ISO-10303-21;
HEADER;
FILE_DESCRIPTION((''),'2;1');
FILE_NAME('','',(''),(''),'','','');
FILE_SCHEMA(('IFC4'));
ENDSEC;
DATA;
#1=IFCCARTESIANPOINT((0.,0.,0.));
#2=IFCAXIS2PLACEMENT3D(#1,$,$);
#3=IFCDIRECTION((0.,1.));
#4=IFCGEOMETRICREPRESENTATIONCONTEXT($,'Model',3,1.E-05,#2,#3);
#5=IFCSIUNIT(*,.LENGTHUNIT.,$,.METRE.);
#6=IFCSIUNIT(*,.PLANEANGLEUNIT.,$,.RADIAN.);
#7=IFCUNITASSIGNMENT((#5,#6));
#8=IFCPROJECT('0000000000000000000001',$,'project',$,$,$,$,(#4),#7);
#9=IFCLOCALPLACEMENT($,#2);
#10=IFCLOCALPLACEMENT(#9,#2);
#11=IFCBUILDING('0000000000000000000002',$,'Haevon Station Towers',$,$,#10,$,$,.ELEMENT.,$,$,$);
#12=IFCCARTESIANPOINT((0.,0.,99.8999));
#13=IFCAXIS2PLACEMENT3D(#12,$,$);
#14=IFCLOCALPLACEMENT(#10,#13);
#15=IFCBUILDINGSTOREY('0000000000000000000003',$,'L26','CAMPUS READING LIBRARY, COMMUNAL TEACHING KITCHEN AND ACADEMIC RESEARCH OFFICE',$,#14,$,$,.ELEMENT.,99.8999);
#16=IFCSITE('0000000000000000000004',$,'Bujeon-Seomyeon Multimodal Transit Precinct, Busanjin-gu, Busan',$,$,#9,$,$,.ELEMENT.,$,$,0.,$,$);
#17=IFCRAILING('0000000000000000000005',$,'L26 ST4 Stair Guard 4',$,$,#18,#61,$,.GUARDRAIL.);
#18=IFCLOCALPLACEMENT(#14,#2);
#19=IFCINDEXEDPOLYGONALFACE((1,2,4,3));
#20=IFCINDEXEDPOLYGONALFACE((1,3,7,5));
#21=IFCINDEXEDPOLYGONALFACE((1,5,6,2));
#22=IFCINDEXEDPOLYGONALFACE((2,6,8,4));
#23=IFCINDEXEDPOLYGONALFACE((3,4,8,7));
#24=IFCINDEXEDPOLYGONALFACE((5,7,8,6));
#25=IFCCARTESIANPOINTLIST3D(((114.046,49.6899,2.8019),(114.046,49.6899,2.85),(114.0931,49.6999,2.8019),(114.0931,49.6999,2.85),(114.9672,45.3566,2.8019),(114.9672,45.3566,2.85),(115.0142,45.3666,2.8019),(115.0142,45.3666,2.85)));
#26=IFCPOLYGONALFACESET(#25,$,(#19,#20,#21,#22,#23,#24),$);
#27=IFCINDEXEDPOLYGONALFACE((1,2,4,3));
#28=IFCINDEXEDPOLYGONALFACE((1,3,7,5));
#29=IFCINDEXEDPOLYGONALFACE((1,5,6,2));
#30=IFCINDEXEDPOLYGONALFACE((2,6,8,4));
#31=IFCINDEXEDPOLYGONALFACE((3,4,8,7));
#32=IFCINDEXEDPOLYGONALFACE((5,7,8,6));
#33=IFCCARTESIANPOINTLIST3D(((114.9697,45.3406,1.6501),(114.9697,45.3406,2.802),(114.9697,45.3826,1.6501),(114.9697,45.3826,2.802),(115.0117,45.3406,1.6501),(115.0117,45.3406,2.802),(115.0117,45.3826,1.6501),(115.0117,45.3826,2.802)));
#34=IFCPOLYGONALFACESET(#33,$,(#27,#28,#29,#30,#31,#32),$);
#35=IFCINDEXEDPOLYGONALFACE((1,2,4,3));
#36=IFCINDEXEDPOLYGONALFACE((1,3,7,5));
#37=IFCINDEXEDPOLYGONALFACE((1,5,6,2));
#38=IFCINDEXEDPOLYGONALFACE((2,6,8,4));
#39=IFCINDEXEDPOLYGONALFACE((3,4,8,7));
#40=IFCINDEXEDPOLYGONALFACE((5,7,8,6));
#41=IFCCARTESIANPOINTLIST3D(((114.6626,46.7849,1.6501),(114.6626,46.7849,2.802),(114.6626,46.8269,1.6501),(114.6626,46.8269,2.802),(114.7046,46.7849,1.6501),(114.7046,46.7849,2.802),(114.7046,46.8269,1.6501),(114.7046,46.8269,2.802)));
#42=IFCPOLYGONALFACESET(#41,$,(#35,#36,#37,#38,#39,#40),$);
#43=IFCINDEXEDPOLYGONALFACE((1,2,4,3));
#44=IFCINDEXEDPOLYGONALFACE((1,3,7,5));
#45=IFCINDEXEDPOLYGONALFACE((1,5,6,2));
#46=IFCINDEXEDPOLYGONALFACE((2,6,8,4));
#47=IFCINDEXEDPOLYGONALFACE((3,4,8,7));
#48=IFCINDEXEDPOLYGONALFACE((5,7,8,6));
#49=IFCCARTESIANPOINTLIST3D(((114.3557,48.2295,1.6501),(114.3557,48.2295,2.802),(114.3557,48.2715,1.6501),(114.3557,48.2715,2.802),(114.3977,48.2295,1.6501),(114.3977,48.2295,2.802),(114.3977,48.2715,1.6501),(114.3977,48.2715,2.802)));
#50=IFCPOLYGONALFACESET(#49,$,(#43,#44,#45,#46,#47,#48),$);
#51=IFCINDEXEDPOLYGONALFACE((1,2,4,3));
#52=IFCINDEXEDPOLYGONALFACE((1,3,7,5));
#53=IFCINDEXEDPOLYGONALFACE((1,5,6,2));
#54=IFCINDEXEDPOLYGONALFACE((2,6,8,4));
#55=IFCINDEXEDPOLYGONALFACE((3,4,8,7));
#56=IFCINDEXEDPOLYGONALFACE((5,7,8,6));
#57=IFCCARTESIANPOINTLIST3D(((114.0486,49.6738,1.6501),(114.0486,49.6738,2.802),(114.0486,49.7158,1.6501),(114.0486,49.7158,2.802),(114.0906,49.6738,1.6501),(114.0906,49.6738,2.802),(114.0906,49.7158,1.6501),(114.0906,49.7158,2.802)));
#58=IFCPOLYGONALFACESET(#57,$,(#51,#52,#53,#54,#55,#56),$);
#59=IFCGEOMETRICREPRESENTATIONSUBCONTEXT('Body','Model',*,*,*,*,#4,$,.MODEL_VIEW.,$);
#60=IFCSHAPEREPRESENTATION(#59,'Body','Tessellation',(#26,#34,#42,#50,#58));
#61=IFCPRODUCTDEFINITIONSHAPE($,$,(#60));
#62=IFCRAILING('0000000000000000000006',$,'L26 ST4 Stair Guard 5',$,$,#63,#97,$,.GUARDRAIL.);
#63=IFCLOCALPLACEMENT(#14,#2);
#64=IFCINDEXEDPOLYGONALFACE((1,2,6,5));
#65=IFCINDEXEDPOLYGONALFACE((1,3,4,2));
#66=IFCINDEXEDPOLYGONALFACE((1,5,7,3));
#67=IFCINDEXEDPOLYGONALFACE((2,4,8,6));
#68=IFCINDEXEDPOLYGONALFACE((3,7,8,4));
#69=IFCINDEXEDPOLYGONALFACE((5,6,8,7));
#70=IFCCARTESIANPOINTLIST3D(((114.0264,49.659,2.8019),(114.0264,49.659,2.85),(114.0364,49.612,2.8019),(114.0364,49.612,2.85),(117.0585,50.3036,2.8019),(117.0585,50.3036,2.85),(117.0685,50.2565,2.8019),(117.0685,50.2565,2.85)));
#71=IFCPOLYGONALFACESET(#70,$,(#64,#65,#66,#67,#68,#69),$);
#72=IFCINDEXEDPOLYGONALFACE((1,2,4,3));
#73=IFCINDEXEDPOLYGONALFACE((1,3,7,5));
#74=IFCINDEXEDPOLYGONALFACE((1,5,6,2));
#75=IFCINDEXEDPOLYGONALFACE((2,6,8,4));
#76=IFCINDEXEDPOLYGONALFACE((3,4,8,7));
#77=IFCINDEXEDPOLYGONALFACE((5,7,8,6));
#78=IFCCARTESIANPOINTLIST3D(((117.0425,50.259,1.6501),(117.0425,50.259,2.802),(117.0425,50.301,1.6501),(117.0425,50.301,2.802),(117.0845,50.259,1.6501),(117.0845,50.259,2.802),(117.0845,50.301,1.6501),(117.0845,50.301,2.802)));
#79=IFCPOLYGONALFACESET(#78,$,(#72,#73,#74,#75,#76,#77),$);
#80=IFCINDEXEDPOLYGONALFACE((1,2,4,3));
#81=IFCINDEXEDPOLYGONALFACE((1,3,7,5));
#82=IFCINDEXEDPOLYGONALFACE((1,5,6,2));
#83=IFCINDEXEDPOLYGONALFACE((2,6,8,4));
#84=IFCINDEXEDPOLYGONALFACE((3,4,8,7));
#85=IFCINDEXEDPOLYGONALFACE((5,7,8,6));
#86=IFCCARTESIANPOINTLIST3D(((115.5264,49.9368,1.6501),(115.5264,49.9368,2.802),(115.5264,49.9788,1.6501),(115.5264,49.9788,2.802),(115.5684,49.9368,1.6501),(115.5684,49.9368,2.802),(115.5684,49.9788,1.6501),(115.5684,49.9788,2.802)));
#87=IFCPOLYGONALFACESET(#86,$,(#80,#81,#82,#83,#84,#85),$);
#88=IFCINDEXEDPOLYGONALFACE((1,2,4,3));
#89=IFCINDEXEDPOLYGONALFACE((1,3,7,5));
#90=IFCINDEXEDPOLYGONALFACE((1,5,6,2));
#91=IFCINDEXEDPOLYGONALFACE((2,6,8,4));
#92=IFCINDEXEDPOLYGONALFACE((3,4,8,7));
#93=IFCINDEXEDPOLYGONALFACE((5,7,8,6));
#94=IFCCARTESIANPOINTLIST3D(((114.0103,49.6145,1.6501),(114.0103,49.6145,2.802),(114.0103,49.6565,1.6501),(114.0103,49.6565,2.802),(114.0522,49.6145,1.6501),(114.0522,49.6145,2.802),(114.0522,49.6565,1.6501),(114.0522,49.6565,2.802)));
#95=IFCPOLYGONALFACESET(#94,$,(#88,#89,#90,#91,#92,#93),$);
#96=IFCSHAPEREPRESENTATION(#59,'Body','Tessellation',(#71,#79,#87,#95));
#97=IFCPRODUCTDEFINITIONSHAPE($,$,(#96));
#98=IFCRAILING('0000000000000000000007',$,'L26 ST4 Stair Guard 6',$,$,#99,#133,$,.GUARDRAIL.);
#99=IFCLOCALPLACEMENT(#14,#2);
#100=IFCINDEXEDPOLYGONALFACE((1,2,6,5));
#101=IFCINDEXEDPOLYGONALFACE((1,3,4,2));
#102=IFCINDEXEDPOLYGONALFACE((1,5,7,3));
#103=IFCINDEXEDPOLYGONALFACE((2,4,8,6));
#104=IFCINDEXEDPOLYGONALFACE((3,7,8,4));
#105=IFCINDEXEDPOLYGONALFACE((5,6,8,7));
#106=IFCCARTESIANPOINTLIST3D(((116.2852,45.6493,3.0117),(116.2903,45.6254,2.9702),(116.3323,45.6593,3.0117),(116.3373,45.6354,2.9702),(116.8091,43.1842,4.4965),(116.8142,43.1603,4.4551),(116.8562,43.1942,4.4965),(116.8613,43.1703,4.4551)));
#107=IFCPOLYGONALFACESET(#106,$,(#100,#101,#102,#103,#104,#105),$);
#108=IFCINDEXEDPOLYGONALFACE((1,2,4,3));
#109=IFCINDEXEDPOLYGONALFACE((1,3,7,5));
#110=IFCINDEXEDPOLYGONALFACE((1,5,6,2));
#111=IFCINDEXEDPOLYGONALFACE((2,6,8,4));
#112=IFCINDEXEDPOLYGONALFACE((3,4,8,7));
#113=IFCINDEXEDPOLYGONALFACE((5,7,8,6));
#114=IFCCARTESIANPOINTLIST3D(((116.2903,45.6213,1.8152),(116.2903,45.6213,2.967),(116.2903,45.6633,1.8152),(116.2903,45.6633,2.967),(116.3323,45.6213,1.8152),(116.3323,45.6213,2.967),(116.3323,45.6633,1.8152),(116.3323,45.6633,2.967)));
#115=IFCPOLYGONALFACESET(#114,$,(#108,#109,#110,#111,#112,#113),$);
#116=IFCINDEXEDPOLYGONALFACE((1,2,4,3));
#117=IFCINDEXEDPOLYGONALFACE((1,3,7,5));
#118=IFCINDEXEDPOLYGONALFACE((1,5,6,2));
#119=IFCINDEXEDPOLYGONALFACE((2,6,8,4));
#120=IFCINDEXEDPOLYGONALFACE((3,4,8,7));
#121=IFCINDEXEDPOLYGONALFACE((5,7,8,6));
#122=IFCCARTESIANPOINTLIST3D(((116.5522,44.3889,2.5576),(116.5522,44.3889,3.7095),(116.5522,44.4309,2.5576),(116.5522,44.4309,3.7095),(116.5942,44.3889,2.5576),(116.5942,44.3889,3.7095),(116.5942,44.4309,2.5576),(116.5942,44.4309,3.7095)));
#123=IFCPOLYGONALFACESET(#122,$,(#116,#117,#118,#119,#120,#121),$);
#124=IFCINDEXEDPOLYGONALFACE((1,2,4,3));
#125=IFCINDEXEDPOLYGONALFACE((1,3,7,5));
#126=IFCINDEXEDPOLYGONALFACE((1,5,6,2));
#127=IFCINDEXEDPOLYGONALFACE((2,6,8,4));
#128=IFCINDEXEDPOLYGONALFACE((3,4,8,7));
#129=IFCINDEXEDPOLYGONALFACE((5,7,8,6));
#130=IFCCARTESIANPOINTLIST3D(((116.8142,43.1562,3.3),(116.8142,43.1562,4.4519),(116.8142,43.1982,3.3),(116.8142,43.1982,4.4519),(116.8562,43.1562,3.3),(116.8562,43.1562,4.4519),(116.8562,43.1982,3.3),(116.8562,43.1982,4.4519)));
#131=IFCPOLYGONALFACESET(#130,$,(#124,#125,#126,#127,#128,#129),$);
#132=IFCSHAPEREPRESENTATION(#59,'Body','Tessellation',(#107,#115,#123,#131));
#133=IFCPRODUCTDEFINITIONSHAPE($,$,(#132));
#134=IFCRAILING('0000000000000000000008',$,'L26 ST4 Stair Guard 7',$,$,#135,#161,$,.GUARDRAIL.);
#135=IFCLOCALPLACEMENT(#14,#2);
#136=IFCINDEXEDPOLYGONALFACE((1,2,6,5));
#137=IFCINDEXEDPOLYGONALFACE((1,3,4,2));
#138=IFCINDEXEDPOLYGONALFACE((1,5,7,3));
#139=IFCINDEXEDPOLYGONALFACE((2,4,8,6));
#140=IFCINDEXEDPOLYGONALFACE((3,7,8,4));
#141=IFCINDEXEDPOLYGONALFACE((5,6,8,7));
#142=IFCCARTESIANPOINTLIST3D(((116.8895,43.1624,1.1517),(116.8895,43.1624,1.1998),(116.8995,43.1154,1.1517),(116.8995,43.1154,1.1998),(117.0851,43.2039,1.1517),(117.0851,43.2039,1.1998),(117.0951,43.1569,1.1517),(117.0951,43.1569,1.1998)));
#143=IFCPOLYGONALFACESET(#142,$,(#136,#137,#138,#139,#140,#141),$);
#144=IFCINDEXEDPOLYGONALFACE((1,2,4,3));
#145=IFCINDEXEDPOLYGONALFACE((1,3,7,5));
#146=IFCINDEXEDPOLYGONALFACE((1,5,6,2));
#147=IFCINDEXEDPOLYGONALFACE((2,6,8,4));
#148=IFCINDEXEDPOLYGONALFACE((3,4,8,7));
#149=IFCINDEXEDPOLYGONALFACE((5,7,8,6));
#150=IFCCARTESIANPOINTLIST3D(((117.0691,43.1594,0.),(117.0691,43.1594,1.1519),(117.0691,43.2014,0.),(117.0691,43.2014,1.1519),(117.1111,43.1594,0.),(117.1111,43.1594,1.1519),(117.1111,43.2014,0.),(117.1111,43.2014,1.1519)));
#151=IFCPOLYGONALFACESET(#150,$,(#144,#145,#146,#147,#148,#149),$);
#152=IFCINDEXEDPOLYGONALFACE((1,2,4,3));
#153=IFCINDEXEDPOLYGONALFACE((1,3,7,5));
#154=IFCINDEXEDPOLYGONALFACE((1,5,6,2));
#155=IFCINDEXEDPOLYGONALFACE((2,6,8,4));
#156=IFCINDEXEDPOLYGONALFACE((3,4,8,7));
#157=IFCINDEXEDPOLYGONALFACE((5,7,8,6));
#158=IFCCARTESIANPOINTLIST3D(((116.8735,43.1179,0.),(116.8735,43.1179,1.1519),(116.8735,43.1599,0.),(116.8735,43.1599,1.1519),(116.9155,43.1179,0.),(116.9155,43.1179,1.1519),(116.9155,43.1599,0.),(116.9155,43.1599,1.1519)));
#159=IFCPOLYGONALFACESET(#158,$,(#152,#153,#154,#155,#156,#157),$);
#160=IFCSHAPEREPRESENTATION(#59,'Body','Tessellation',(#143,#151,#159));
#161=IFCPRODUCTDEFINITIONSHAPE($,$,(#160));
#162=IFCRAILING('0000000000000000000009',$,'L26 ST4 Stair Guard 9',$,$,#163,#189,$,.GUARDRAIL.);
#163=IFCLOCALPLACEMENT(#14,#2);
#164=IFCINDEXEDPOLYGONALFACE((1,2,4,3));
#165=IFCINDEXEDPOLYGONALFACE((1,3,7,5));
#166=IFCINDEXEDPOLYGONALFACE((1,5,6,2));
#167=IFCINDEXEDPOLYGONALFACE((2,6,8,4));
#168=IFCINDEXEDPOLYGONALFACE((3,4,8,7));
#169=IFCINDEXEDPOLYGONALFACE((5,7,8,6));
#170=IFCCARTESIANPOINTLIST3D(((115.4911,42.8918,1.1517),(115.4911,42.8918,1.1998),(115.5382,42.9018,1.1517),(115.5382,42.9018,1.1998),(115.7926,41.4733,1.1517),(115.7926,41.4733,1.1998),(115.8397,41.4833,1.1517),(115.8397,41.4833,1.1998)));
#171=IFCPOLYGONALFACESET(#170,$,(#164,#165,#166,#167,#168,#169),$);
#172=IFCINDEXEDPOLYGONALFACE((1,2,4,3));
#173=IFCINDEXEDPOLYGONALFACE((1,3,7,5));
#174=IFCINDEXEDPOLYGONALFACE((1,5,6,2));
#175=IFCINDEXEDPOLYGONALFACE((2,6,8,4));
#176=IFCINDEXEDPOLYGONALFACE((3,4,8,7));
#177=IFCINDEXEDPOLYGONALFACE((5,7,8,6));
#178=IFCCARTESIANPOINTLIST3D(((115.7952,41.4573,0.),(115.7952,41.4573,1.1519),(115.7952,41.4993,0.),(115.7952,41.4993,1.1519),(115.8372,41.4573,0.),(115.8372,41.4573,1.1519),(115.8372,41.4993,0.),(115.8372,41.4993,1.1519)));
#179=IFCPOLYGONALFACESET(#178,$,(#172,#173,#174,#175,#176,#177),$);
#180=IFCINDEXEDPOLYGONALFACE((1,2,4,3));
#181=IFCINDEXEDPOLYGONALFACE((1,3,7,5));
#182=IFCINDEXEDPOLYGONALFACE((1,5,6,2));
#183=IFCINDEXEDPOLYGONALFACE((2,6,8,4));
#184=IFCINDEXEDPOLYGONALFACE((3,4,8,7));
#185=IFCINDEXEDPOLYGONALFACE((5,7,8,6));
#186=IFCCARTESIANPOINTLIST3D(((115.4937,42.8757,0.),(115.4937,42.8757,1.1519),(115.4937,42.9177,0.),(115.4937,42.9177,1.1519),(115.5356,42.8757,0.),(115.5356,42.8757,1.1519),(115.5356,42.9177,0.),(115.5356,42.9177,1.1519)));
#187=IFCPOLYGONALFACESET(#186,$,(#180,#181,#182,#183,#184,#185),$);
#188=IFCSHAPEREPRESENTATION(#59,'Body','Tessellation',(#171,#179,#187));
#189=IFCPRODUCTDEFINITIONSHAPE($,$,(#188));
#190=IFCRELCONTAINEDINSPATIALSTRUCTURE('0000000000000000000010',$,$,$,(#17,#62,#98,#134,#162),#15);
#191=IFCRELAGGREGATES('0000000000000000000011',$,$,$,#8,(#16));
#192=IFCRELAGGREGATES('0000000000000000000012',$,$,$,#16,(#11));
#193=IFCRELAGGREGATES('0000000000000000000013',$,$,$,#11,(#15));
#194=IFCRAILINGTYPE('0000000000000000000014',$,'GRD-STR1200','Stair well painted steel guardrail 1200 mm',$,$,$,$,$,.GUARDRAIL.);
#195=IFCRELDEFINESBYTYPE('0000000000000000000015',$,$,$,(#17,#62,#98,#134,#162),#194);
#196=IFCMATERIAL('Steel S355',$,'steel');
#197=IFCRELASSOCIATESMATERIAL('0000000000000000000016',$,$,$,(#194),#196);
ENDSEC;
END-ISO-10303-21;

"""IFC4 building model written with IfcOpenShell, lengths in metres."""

from ifc_helpers import new_model, si_unit, direction, frame, origin, origin_2d, place, context, subcontext, project, spatial, rectangle, extrude, material, type_object, element, save


model = new_model("IFC4")

# Units and contexts
model_context = context("Model", 3, precision=1e-05, world=origin(), true_north=direction((0.0, 1.0)))
body_context = subcontext(model_context, "Body", "Model", "MODEL_VIEW")
ifc_project = project(units=[si_unit("LENGTHUNIT", "METRE"), si_unit("PLANEANGLEUNIT", "RADIAN")], contexts=[model_context])

# Site, building, storey
site_placement = place(None, origin())
site = spatial("IfcSite", under=ifc_project, at=site_placement, Name="Bujeon-Seomyeon Multimodal Transit Precinct, Busanjin-gu, Busan", CompositionType="ELEMENT", RefElevation=0.0)
building_placement = place(site_placement, origin())
building = spatial("IfcBuilding", under=site, at=building_placement, Name="Haevon Station Towers", CompositionType="ELEMENT")
storey_placement = place(building_placement, frame((0.0, 0.0, 99.8999)))
storey = spatial("IfcBuildingStorey", under=building, at=storey_placement, Name="L26", Description="CAMPUS READING LIBRARY, COMMUNAL TEACHING KITCHEN AND ACADEMIC RESEARCH OFFICE", CompositionType="ELEMENT", Elevation=99.8999)

# Railings
ifc_material_1 = material(Name="Steel S355", Category="steel")
railing_type_1 = type_object("IfcRailingType", Name="GRD-STR1200", Description="Stair well painted steel guardrail 1200 mm", PredefinedType="GUARDRAIL", material=ifc_material_1)
railing_1_placement = place(storey_placement, frame((114.9907, 45.3616, 1.6501)))
element("IfcRailing", 1, at=railing_1_placement, inside=storey, type_object=railing_type_1, Name="L26 ST4 Stair Guard 4", PredefinedType="GUARDRAIL", context=body_context, shape_type="SweptSolid", body=[
    extrude(rectangle(XDim=0.0481, YDim=0.0481, at=origin_2d()), frame((0.0, 0.0, 1.1758), z_axis=(-0.207929, 0.978144, 0.0), x_axis=(-0.978144, -0.207929, 0.0)), (0.0, 0.0, 1.0), 4.4302),
    extrude(rectangle(XDim=0.042, YDim=0.042, at=origin_2d()), origin(), (0.0, 0.0, 1.0), 1.1519),
    extrude(rectangle(XDim=0.042, YDim=0.042, at=origin_2d()), frame((-0.3071, 1.4443, 0.0)), (0.0, 0.0, 1.0), 1.1519),
    extrude(rectangle(XDim=0.042, YDim=0.042, at=origin_2d()), frame((-0.614, 2.8889, 0.0)), (0.0, 0.0, 1.0), 1.1519),
    extrude(rectangle(XDim=0.042, YDim=0.042, at=origin_2d()), frame((-0.9211, 4.3333, 0.0)), (0.0, 0.0, 1.0), 1.1519),
])
railing_2_placement = place(storey_placement, frame((117.0635, 50.28, 1.6501)))
element("IfcRailing", 2, at=railing_2_placement, inside=storey, type_object=railing_type_1, Name="L26 ST4 Stair Guard 5", PredefinedType="GUARDRAIL", context=body_context, shape_type="SweptSolid", body=[
    extrude(rectangle(XDim=0.0481, YDim=0.0481, at=origin_2d()), frame((0.0, 0.0, 1.1758), z_axis=(-0.978147, -0.207915, 0.0), x_axis=(0.207915, -0.978147, 0.0)), (0.0, 0.0, 1.0), 3.0999),
    extrude(rectangle(XDim=0.042, YDim=0.042, at=origin_2d()), origin(), (0.0, 0.0, 1.0), 1.1519),
    extrude(rectangle(XDim=0.042, YDim=0.042, at=origin_2d()), frame((-1.5161, -0.3223, 0.0)), (0.0, 0.0, 1.0), 1.1519),
    extrude(rectangle(XDim=0.042, YDim=0.042, at=origin_2d()), frame((-3.0322, -0.6445, 0.0)), (0.0, 0.0, 1.0), 1.1519),
])
railing_3_placement = place(storey_placement, frame((116.3113, 45.6423, 1.8152)))
element("IfcRailing", 3, at=railing_3_placement, inside=storey, type_object=railing_type_1, Name="L26 ST4 Stair Guard 6", PredefinedType="GUARDRAIL", context=body_context, shape_type="SweptSolid", body=[
    extrude(rectangle(XDim=0.0481, YDim=0.0481, at=origin_2d()), frame((0.0, 0.0, 1.1758), z_axis=(0.179116, -0.842748, 0.507635), x_axis=(0.978151, 0.207895, 0.0)), (0.0, 0.0, 1.0), 2.925),
    extrude(rectangle(XDim=0.042, YDim=0.042, at=origin_2d()), origin(), (0.0, 0.0, 1.0), 1.1519),
    extrude(rectangle(XDim=0.042, YDim=0.042, at=origin_2d()), frame((0.262, -1.2324, 0.7424)), (0.0, 0.0, 1.0), 1.1519),
    extrude(rectangle(XDim=0.042, YDim=0.042, at=origin_2d()), frame((0.5239, -2.4651, 1.4849)), (0.0, 0.0, 1.0), 1.1519),
])
railing_4_placement = place(storey_placement, frame((117.0901, 43.1804, 0.0)))
element("IfcRailing", 4, at=railing_4_placement, inside=storey, type_object=railing_type_1, Name="L26 ST4 Stair Guard 7", PredefinedType="GUARDRAIL", context=body_context, shape_type="SweptSolid", body=[
    extrude(rectangle(XDim=0.0481, YDim=0.0481, at=origin_2d()), frame((0.0, 0.0, 1.1758), z_axis=(-0.978212, -0.20761, 0.0), x_axis=(0.20761, -0.978212, 0.0)), (0.0, 0.0, 1.0), 0.2),
    extrude(rectangle(XDim=0.042, YDim=0.042, at=origin_2d()), origin(), (0.0, 0.0, 1.0), 1.1519),
    extrude(rectangle(XDim=0.042, YDim=0.042, at=origin_2d()), frame((-0.1956, -0.0415, 0.0)), (0.0, 0.0, 1.0), 1.1519),
])
railing_5_placement = place(storey_placement, frame((115.8162, 41.4783, 0.0)))
element("IfcRailing", 5, at=railing_5_placement, inside=storey, type_object=railing_type_1, Name="L26 ST4 Stair Guard 9", PredefinedType="GUARDRAIL", context=body_context, shape_type="SweptSolid", body=[
    extrude(rectangle(XDim=0.0481, YDim=0.0481, at=origin_2d()), frame((0.0, 0.0, 1.1758), z_axis=(-0.207919, 0.978146, 0.0), x_axis=(-0.978146, -0.207919, 0.0)), (0.0, 0.0, 1.0), 1.4502),
    extrude(rectangle(XDim=0.042, YDim=0.042, at=origin_2d()), origin(), (0.0, 0.0, 1.0), 1.1519),
    extrude(rectangle(XDim=0.042, YDim=0.042, at=origin_2d()), frame((-0.3015, 1.4185, 0.0)), (0.0, 0.0, 1.0), 1.1519),
])

save(model, "model.ifc")
